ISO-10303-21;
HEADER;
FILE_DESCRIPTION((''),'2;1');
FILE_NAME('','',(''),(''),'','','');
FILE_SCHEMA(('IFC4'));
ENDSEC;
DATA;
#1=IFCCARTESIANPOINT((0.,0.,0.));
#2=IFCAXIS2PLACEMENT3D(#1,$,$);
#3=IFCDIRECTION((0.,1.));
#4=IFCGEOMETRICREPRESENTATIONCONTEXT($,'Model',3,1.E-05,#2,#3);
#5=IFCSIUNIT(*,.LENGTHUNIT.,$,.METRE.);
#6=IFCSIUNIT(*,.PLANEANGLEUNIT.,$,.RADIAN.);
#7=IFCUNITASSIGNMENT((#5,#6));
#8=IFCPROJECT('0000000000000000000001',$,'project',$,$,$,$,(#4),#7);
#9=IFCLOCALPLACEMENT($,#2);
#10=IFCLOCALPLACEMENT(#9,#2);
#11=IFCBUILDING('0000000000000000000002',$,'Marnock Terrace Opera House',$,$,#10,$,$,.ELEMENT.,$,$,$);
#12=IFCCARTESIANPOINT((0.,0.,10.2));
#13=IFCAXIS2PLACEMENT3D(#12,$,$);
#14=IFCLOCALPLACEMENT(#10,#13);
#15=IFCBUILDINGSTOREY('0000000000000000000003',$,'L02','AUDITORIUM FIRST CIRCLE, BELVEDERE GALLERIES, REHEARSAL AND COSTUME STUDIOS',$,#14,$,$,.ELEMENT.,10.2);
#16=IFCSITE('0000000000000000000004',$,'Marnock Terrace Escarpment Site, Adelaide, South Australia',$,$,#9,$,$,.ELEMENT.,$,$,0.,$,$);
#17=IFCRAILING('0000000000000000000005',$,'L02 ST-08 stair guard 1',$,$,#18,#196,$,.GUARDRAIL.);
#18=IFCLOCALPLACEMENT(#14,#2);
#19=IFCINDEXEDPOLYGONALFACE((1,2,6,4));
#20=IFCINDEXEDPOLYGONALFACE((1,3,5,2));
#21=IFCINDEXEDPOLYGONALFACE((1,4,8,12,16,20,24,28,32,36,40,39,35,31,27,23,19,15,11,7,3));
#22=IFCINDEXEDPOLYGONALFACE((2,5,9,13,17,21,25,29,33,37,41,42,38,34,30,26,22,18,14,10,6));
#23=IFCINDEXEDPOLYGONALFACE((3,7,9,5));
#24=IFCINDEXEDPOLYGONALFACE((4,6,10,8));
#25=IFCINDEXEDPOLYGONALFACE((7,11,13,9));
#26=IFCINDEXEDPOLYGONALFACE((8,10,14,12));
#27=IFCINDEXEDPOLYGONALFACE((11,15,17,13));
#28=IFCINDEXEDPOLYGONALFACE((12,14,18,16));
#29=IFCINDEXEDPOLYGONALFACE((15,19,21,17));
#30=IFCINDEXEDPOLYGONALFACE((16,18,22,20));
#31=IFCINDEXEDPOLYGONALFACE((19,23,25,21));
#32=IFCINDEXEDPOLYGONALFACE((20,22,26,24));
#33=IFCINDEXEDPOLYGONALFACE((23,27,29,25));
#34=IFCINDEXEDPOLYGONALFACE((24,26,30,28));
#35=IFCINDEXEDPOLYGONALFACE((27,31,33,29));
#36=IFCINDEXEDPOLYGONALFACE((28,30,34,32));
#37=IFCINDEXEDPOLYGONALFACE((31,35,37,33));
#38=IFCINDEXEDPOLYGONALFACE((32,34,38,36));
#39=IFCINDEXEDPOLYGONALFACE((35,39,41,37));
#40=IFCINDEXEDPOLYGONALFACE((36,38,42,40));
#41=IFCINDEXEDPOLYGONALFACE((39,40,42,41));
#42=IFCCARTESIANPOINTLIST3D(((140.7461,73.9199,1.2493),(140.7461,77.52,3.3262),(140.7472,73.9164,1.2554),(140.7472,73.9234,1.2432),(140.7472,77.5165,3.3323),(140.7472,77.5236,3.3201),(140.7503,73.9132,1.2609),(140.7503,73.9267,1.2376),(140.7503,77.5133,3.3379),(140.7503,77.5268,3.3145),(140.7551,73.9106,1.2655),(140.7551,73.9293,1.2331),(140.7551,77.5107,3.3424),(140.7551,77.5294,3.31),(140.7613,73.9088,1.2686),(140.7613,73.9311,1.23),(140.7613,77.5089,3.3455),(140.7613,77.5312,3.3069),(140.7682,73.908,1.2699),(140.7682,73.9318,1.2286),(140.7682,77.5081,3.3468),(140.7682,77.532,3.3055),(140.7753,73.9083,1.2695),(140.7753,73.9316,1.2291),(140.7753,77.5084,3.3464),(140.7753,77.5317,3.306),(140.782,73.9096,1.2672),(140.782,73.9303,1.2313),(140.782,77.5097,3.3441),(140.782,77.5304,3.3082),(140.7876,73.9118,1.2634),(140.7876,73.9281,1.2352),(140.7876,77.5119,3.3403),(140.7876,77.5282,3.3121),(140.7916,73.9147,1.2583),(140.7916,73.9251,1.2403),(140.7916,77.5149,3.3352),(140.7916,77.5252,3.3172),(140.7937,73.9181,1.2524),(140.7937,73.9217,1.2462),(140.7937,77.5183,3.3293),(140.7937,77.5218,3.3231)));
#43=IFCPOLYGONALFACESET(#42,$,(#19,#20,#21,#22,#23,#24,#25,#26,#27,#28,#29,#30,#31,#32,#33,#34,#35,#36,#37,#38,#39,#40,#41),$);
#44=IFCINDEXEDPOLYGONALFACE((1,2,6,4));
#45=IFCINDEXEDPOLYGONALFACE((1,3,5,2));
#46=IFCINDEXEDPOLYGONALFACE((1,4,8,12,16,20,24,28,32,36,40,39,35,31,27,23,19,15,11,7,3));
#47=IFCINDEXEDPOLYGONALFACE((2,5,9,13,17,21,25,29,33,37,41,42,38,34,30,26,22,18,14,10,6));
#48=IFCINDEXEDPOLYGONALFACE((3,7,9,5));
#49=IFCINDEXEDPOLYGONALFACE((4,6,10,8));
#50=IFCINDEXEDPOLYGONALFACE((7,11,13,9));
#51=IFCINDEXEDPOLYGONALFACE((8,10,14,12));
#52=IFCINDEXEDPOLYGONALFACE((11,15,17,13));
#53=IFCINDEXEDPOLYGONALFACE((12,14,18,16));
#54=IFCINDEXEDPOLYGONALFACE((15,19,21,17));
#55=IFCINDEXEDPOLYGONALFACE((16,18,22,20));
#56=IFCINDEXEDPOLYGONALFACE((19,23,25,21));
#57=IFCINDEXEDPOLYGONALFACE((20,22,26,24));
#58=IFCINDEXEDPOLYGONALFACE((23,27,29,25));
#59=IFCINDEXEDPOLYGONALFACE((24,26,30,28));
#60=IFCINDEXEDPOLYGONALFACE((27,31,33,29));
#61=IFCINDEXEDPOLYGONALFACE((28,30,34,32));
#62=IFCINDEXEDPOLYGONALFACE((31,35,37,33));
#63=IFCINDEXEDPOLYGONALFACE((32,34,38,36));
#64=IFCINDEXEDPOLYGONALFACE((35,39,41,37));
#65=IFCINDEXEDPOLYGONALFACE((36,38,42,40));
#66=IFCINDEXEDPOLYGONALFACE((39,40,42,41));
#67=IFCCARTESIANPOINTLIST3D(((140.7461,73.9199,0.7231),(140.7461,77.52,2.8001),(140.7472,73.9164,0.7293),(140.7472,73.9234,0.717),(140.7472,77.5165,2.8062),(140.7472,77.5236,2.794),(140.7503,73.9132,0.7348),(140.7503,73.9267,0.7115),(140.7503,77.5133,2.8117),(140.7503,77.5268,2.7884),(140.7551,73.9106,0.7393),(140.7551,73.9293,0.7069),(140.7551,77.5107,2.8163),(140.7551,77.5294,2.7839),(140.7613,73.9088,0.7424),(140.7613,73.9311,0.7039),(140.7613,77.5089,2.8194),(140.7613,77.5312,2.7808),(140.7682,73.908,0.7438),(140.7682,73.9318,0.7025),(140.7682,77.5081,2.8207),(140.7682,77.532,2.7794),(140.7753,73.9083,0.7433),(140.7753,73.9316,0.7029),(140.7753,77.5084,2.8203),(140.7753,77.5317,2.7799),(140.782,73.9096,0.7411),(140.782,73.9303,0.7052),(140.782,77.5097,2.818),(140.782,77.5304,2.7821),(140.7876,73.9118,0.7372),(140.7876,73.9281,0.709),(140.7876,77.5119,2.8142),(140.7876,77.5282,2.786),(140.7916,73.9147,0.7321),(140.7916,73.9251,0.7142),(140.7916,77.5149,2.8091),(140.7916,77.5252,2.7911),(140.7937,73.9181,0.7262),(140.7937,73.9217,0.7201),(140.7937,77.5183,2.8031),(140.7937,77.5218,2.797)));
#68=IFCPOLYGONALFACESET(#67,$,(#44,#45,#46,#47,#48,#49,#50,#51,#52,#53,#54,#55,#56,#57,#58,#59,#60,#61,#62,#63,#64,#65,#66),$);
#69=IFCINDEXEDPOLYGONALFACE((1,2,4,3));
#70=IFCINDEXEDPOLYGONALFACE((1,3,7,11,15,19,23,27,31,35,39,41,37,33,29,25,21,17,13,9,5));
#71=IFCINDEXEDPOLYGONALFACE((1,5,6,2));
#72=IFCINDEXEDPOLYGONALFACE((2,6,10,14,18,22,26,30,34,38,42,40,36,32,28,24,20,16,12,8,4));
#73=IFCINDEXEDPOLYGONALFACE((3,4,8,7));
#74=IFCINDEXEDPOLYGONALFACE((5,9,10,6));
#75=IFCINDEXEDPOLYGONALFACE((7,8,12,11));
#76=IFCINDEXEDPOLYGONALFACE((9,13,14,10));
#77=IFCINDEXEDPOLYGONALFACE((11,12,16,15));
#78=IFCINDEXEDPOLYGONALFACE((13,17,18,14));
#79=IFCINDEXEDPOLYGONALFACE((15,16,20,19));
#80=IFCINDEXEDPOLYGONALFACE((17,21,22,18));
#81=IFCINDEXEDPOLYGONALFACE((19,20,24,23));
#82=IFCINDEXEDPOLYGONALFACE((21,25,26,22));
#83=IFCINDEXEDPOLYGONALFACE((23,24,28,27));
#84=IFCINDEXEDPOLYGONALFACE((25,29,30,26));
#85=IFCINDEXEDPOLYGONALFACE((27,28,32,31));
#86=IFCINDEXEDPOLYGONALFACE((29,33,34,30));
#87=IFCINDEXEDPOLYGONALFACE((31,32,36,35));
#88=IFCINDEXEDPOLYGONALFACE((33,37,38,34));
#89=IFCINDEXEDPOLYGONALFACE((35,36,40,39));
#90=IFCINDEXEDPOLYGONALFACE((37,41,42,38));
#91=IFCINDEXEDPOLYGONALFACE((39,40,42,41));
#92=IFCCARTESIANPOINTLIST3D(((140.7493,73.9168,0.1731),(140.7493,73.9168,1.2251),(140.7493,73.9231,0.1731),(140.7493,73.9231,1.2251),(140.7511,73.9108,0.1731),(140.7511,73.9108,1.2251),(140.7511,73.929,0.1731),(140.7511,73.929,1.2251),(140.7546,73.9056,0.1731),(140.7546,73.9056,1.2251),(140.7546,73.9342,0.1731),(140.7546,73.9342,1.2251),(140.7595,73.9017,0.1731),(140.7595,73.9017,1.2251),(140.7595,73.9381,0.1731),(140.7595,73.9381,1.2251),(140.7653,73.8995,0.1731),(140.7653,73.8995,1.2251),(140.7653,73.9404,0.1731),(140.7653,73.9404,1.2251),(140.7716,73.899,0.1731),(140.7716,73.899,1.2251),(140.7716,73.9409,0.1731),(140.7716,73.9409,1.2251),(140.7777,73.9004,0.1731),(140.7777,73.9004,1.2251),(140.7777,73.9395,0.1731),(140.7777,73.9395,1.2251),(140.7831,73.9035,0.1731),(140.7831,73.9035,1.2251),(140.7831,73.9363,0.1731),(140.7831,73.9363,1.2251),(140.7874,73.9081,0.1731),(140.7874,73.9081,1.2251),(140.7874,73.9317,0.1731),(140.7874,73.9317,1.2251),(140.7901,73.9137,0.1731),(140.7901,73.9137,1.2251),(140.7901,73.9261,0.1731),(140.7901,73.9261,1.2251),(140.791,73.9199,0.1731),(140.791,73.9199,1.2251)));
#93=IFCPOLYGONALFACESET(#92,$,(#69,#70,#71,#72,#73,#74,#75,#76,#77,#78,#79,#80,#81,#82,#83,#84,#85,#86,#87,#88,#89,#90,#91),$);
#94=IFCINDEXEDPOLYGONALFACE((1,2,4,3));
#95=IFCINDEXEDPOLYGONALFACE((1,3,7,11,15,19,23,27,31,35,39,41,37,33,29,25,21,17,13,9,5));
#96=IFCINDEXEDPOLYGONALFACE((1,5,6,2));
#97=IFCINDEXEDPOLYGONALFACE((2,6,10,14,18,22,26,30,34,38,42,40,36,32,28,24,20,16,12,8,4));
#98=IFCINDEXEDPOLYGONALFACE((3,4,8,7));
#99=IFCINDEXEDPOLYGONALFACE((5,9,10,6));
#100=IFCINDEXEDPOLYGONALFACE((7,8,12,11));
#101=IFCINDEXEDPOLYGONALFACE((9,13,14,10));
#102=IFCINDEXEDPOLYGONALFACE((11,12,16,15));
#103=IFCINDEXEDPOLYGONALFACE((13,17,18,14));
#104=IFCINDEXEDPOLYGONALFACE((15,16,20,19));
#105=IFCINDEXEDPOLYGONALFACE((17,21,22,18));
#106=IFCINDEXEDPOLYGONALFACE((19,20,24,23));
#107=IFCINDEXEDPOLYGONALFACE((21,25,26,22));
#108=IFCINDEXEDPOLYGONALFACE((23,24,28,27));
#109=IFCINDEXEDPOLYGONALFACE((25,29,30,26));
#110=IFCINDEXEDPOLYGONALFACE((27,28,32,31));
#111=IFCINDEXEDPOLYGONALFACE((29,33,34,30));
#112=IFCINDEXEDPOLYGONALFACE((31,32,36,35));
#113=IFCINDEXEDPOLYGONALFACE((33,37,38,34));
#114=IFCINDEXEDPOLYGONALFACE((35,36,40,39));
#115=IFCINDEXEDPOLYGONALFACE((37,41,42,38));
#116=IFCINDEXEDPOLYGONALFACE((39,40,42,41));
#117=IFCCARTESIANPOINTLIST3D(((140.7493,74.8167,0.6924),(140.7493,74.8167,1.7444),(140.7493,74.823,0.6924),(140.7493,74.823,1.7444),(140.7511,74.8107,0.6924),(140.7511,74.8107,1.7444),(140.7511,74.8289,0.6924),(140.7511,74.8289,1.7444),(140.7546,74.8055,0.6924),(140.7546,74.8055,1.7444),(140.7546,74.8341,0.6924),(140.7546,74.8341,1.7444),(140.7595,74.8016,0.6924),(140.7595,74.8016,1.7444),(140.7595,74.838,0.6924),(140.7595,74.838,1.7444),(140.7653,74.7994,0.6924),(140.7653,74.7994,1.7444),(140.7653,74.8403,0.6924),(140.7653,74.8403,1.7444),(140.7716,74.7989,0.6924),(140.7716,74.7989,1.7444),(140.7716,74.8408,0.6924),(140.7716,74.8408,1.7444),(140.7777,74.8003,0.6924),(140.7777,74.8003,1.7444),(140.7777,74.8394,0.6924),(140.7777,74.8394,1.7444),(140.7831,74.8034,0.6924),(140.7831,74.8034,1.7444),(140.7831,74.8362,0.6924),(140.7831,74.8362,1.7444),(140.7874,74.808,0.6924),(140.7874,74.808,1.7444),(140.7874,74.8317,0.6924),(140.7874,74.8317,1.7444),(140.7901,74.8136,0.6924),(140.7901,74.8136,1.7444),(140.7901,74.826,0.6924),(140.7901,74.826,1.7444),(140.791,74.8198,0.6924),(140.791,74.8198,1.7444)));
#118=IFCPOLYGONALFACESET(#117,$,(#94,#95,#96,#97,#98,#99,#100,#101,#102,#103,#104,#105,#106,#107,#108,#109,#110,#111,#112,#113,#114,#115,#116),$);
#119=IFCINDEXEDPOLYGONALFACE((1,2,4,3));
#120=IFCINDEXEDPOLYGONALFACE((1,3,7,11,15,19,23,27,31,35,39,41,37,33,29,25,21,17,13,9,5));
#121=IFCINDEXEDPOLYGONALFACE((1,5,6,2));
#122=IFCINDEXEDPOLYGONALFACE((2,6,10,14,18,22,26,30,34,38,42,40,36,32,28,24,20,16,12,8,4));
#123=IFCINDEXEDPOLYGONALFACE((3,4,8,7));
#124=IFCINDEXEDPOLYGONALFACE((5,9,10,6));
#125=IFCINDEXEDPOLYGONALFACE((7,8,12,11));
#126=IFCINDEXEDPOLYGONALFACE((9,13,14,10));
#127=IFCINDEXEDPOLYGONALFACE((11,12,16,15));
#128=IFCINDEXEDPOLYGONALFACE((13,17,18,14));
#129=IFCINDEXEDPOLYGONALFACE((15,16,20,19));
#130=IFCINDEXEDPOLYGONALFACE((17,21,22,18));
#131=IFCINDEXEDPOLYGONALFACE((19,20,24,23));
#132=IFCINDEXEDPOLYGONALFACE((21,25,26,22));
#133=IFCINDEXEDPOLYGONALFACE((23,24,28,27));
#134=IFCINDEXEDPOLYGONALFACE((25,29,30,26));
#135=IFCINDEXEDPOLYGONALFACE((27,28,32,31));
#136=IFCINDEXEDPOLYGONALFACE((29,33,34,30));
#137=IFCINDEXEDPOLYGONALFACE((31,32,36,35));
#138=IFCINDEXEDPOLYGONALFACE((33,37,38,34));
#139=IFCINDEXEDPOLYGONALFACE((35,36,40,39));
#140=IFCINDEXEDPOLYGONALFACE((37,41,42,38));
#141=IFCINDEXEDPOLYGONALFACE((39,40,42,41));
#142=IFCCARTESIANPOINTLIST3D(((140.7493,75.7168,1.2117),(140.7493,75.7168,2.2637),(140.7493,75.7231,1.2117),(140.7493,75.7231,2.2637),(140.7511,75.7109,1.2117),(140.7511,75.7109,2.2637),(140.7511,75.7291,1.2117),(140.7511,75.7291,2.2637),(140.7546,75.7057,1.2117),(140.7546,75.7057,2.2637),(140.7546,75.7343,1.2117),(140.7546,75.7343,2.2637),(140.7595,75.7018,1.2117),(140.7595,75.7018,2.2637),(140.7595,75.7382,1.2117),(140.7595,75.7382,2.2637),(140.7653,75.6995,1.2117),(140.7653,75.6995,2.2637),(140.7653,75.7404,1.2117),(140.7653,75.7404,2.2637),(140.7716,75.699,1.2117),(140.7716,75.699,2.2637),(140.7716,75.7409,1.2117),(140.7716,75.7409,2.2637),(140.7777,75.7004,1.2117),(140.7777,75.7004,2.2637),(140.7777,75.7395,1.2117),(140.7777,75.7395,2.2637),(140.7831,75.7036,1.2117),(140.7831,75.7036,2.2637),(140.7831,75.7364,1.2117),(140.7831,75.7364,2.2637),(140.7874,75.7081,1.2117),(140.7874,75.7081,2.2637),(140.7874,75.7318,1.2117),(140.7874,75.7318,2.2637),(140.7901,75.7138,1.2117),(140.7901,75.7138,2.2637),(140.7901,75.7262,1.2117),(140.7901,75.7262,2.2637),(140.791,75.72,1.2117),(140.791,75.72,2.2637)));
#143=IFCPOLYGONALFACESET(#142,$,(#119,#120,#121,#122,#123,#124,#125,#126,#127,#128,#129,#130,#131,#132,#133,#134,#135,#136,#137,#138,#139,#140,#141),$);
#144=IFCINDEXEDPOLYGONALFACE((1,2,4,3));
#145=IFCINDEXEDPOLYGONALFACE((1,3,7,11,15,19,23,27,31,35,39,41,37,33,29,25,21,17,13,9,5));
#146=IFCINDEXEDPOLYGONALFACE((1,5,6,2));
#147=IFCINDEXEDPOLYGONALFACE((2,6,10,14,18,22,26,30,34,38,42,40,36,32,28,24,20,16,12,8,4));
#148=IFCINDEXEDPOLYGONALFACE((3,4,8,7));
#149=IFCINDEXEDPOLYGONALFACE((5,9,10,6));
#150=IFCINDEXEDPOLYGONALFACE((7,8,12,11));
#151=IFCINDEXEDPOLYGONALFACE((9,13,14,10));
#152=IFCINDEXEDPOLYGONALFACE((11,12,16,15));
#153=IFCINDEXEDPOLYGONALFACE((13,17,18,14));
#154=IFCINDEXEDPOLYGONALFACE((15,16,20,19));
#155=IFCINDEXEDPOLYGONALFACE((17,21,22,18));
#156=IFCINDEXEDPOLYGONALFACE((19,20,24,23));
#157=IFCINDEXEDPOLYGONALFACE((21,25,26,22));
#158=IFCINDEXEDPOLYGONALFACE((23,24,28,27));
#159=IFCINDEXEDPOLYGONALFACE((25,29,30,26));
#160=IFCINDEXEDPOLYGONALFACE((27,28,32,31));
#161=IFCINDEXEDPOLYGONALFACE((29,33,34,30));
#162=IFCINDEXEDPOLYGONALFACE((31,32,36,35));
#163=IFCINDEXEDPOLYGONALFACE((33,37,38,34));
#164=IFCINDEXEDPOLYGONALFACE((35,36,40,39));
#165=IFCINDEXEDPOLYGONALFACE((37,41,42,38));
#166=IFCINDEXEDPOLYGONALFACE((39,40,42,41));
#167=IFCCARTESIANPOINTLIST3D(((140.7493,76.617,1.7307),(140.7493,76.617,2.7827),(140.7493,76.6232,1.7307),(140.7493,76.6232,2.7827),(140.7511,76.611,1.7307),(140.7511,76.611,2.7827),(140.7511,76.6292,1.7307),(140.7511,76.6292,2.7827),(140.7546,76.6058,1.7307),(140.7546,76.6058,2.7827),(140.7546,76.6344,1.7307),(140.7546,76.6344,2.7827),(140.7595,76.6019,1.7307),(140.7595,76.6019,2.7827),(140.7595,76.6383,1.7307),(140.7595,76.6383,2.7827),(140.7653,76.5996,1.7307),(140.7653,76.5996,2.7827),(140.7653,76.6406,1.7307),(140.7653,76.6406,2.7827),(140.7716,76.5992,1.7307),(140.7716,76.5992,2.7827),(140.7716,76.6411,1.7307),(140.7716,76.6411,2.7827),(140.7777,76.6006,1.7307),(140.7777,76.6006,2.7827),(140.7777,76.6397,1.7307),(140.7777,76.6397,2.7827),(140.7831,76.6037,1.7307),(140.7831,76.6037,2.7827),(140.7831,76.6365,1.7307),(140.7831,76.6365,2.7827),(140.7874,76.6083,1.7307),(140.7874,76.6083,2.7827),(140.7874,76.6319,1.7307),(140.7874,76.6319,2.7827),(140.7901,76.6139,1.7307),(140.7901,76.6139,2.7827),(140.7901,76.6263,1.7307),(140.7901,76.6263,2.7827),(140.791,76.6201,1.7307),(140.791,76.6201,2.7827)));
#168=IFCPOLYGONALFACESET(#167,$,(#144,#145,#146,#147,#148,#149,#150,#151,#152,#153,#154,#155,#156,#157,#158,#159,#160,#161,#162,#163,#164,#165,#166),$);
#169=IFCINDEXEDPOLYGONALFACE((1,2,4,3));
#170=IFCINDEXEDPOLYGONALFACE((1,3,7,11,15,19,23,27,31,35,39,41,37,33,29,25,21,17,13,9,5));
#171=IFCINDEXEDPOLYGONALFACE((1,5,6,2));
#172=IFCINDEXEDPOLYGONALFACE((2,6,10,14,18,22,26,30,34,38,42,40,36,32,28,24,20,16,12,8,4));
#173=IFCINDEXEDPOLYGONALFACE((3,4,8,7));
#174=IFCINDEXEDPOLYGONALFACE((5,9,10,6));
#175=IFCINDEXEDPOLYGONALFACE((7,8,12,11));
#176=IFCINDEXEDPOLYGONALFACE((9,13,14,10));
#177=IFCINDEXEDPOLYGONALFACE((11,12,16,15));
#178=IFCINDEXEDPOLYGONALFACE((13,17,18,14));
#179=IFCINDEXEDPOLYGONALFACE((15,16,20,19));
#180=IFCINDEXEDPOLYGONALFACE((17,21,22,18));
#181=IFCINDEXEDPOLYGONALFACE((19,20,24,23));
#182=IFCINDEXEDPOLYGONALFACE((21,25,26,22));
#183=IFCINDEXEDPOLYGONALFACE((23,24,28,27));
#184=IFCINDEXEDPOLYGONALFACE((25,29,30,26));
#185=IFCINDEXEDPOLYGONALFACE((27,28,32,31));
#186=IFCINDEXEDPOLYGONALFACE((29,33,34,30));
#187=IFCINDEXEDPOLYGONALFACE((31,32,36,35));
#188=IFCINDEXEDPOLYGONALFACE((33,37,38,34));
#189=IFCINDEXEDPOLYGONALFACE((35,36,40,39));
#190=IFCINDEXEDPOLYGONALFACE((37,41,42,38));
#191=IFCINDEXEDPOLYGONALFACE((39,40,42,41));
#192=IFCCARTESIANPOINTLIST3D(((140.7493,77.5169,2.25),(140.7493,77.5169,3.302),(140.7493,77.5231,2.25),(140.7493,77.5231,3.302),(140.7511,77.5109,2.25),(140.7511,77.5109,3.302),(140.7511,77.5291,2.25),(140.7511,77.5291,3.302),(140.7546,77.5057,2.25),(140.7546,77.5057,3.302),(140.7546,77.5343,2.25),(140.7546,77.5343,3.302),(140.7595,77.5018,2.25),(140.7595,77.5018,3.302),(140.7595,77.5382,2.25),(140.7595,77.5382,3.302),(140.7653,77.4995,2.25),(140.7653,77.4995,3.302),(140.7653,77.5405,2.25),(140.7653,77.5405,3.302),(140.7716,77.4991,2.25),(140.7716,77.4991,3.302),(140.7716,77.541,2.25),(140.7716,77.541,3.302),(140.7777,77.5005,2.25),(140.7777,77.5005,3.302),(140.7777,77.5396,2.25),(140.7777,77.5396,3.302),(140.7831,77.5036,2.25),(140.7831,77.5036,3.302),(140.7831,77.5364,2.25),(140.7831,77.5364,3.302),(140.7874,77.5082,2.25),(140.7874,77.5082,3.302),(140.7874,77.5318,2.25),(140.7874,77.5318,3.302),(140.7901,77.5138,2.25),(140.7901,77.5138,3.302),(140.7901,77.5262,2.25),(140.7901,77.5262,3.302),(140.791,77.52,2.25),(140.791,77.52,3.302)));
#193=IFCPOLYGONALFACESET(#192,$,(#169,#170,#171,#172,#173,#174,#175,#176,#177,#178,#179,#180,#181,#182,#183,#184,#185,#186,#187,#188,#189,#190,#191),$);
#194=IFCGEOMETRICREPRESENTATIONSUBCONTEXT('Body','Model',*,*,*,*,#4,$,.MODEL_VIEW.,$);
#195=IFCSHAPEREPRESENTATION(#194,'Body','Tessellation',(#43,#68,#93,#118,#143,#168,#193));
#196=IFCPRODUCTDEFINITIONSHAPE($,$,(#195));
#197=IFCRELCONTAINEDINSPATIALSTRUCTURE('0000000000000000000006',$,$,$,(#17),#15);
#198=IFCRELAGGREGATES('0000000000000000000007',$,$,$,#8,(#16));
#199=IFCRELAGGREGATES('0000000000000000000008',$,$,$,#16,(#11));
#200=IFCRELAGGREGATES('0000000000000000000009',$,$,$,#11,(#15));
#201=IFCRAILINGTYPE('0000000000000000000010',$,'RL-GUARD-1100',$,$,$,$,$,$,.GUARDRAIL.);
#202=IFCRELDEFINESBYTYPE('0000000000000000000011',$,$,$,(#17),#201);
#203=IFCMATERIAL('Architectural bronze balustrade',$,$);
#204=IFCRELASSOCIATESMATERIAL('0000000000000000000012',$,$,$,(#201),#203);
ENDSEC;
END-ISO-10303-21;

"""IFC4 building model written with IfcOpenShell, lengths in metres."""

from ifc_helpers import new_model, si_unit, direction, frame, origin, origin_2d, place, context, subcontext, project, spatial, circle, extrude, material, type_object, element, save


model = new_model("IFC4")

# Units and contexts
model_context = context("Model", 3, precision=1e-05, world=origin(), true_north=direction((0.0, 1.0)))
body_context = subcontext(model_context, "Body", "Model", "MODEL_VIEW")
ifc_project = project(units=[si_unit("LENGTHUNIT", "METRE"), si_unit("PLANEANGLEUNIT", "RADIAN")], contexts=[model_context])

# Site, building, storey
site_placement = place(None, origin())
site = spatial("IfcSite", under=ifc_project, at=site_placement, Name="Marnock Terrace Escarpment Site, Adelaide, South Australia", CompositionType="ELEMENT", RefElevation=0.0)
building_placement = place(site_placement, origin())
building = spatial("IfcBuilding", under=site, at=building_placement, Name="Marnock Terrace Opera House", CompositionType="ELEMENT")
storey_placement = place(building_placement, frame((0.0, 0.0, 10.2)))
storey = spatial("IfcBuildingStorey", under=building, at=storey_placement, Name="L02", Description="AUDITORIUM FIRST CIRCLE, BELVEDERE GALLERIES, REHEARSAL AND COSTUME STUDIOS", CompositionType="ELEMENT", Elevation=10.2)

# Railing
ifc_material_1 = material(Name="Architectural bronze balustrade")
railing_type_1 = type_object("IfcRailingType", Name="RL-GUARD-1100", PredefinedType="GUARDRAIL", material=ifc_material_1)
railing_1_placement = place(storey_placement, frame((140.77, 73.9199, 0.1731)))
element("IfcRailing", 1, at=railing_1_placement, inside=storey, type_object=railing_type_1, Name="L02 ST-08 stair guard 1", PredefinedType="GUARDRAIL", context=body_context, shape_type="SweptSolid", body=[
    extrude(circle(Radius=0.0239, at=origin_2d()), frame((0.0, 0.0, 1.0762), z_axis=(0.0, 0.866193, 0.499709), x_axis=(-1.0, 0.0, 0.0)), (0.0, 0.0, 1.0), 4.1562),
    extrude(circle(Radius=0.0239, at=origin_2d()), frame((0.0, 0.0, 0.55), z_axis=(0.0, 0.866193, 0.499709), x_axis=(-1.0, 0.0, 0.0)), (0.0, 0.0, 1.0), 4.1562),
    extrude(circle(Radius=0.021, at=origin_2d()), origin(), (0.0, 0.0, 1.0), 1.052),
    extrude(circle(Radius=0.021, at=origin_2d()), frame((0.0, 0.8999, 0.5193)), (0.0, 0.0, 1.0), 1.052),
    extrude(circle(Radius=0.021, at=origin_2d()), frame((0.0, 1.8, 1.0386)), (0.0, 0.0, 1.0), 1.052),
    extrude(circle(Radius=0.021, at=origin_2d()), frame((0.0, 2.7002, 1.5576)), (0.0, 0.0, 1.0), 1.052),
    extrude(circle(Radius=0.021, at=origin_2d()), frame((0.0, 3.6001, 2.0769)), (0.0, 0.0, 1.0), 1.052),
])

save(model, "model.ifc")
